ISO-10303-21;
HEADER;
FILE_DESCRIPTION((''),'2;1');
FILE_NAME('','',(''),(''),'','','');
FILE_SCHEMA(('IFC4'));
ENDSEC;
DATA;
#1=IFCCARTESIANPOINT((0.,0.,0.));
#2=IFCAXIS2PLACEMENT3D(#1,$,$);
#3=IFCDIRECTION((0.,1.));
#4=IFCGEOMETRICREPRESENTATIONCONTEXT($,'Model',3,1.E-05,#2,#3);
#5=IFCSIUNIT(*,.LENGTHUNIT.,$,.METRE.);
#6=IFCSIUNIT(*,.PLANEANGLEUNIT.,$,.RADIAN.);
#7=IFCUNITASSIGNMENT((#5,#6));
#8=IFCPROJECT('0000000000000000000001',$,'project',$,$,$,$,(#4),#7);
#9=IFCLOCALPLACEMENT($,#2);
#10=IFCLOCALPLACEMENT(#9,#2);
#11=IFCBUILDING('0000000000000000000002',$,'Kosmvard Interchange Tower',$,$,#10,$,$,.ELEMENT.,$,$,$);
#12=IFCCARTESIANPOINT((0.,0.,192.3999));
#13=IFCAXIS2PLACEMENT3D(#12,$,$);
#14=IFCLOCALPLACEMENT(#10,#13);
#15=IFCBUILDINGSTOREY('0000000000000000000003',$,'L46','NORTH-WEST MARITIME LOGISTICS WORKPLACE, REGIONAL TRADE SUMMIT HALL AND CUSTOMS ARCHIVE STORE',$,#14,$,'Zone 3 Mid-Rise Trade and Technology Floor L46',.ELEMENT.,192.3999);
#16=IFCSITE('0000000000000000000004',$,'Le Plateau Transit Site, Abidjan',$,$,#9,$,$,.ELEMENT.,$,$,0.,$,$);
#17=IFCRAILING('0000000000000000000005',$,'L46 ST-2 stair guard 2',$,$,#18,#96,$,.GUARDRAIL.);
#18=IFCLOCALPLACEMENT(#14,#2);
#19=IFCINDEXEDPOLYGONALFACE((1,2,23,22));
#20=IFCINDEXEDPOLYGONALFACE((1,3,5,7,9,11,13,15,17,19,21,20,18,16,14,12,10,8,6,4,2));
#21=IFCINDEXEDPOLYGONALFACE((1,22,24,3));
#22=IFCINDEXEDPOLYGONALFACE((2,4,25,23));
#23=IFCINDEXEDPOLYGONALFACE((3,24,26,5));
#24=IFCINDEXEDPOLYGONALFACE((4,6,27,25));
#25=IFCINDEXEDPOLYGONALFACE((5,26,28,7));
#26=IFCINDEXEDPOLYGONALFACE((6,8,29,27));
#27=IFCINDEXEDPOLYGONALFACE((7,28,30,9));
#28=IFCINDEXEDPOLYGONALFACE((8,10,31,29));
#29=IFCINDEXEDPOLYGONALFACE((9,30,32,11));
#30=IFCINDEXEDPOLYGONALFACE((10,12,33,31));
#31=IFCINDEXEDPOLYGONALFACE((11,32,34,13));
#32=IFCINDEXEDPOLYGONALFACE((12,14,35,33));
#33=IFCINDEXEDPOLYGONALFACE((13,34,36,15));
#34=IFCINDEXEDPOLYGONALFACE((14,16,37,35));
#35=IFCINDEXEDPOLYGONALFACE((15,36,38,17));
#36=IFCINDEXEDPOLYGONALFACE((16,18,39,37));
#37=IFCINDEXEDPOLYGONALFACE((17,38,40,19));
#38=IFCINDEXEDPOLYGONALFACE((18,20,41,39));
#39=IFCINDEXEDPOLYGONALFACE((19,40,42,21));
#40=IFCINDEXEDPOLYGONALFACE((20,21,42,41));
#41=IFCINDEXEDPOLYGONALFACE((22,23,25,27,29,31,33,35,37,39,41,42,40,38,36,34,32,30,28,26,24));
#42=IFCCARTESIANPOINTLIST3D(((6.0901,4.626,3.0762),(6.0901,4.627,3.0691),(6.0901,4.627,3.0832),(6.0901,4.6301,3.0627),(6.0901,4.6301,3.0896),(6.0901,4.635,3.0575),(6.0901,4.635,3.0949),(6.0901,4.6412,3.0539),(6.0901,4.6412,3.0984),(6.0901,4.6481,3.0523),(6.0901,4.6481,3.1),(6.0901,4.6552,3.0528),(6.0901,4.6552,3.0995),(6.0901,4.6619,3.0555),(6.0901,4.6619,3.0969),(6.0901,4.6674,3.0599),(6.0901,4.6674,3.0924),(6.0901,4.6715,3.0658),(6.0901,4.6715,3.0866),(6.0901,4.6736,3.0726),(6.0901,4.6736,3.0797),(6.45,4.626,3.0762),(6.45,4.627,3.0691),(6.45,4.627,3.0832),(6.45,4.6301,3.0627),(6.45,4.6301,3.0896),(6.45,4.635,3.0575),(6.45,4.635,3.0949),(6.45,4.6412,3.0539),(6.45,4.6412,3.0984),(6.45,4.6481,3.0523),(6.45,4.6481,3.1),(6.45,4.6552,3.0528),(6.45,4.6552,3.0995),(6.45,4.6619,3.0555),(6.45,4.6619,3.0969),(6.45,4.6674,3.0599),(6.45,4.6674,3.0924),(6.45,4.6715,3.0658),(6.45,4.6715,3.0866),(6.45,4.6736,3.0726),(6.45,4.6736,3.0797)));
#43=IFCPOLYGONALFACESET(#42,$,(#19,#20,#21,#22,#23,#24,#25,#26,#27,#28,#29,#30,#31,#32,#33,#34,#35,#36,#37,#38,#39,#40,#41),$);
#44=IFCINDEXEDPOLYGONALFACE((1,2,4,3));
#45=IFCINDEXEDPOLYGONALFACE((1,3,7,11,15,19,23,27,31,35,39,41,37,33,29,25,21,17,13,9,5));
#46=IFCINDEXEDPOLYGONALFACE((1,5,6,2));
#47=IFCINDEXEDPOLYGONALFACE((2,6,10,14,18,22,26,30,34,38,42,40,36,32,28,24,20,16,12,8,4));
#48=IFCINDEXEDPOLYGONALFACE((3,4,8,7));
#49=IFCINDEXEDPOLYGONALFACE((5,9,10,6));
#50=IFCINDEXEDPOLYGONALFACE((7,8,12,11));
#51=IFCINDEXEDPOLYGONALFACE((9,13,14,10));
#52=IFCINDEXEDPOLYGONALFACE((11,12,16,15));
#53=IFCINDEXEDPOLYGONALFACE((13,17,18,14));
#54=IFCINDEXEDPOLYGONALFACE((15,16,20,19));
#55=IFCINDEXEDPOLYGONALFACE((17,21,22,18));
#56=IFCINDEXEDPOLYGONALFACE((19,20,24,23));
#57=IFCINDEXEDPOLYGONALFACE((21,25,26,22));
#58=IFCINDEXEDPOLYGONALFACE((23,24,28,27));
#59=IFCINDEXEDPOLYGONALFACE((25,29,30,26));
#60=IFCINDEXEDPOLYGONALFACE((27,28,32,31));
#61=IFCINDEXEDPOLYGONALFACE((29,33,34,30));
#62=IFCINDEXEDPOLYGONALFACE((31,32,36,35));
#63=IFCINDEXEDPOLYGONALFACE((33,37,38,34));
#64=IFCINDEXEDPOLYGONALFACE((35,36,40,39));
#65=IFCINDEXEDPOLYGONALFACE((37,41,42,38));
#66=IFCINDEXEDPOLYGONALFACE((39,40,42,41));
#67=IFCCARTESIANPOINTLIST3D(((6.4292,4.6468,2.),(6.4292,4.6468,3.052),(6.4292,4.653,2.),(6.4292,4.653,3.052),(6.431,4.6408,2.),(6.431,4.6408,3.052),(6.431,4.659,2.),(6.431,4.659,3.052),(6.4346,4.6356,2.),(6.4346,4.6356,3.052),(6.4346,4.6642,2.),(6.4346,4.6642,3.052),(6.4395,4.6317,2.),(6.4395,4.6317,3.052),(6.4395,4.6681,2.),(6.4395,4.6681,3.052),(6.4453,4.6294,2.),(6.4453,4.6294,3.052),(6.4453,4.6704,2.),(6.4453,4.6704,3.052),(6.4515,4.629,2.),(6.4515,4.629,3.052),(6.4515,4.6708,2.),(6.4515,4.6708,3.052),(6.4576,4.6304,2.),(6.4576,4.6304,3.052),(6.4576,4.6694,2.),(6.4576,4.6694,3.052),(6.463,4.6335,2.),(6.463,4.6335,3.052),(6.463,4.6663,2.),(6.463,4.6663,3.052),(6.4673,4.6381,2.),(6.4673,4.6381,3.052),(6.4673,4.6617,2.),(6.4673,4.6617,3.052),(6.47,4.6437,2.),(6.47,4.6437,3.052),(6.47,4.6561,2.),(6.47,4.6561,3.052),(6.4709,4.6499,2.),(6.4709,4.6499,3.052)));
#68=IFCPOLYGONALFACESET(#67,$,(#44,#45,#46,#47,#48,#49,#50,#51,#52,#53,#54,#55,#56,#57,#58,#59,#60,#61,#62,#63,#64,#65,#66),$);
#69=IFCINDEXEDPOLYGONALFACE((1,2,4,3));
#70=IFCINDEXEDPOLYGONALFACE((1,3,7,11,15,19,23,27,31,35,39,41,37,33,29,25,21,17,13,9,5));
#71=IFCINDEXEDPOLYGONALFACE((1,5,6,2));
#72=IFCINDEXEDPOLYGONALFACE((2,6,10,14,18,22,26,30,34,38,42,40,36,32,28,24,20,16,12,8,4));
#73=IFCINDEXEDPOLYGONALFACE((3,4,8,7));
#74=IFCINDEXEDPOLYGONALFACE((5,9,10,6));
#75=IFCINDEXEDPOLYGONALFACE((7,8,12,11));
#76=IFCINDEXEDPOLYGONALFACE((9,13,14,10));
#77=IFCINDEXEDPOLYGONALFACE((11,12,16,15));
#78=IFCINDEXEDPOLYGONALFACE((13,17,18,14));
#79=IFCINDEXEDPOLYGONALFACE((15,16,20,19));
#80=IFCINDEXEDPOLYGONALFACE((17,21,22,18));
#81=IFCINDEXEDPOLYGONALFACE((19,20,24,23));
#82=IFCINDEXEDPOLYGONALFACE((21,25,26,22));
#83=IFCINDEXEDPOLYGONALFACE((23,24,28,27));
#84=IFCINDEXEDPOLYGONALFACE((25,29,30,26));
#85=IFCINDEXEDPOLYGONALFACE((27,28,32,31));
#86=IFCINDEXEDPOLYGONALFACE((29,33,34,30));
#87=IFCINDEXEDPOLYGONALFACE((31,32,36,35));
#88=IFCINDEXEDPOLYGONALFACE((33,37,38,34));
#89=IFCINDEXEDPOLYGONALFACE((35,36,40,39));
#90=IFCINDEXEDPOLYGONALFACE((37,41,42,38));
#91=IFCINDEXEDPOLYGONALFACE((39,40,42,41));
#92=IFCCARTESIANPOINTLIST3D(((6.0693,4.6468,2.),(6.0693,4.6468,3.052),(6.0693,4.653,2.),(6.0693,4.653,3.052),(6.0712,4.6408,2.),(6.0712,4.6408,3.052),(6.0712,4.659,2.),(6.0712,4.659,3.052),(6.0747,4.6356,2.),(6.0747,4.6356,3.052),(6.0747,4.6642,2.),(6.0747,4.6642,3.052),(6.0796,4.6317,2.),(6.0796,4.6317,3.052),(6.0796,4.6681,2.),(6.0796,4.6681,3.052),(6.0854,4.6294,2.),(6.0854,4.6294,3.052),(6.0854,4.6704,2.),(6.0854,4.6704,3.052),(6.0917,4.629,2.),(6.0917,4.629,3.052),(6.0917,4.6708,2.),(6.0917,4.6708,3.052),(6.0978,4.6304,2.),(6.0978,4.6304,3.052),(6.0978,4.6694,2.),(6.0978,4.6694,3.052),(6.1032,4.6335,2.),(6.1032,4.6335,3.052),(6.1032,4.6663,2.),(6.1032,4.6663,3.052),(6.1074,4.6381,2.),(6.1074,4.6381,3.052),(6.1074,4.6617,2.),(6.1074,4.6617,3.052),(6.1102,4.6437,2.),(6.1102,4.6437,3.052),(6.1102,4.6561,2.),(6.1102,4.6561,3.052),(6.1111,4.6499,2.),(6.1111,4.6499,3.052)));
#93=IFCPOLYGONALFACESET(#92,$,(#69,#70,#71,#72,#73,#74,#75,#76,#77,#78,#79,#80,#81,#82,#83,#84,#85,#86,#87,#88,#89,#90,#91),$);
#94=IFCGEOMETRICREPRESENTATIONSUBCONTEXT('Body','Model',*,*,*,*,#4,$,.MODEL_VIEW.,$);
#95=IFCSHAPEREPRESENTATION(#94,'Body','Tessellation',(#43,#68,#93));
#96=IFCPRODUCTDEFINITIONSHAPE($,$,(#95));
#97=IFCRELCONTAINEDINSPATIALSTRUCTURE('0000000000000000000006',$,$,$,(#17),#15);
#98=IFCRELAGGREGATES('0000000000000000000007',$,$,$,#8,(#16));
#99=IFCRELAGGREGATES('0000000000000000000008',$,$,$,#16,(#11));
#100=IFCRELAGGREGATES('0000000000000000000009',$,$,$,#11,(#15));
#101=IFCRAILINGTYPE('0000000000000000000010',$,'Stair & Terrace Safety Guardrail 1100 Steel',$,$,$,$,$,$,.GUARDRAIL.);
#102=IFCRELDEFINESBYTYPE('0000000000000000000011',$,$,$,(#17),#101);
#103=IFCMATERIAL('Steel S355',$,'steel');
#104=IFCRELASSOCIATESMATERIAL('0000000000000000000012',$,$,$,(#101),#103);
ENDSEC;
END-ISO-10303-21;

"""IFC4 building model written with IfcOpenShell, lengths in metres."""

from ifc_helpers import new_model, si_unit, direction, frame, origin, origin_2d, place, context, subcontext, project, spatial, circle, extrude, source, transform, mapped, material, type_object, element, save


model = new_model("IFC4")

# Units and contexts
model_context = context("Model", 3, precision=1e-05, world=origin(), true_north=direction((0.0, 1.0)))
body_context = subcontext(model_context, "Body", "Model", "MODEL_VIEW")
ifc_project = project(units=[si_unit("LENGTHUNIT", "METRE"), si_unit("PLANEANGLEUNIT", "RADIAN")], contexts=[model_context])

# Site, building, storey
site_placement = place(None, origin())
site = spatial("IfcSite", under=ifc_project, at=site_placement, Name="Le Plateau Transit Site, Abidjan", CompositionType="ELEMENT", RefElevation=0.0)
building_placement = place(site_placement, origin())
building = spatial("IfcBuilding", under=site, at=building_placement, Name="Kosmvard Interchange Tower", CompositionType="ELEMENT")
storey_placement = place(building_placement, frame((0.0, 0.0, 192.3999)))
storey = spatial("IfcBuildingStorey", under=building, at=storey_placement, Name="L46", Description="NORTH-WEST MARITIME LOGISTICS WORKPLACE, REGIONAL TRADE SUMMIT HALL AND CUSTOMS ARCHIVE STORE", LongName="Zone 3 Mid-Rise Trade and Technology Floor L46", CompositionType="ELEMENT", Elevation=192.3999)

# Shared definitions
ifc_material_1 = material(Name="Steel S355", Category="steel")

# Railing
railing_type_1 = type_object("IfcRailingType", Name="Stair & Terrace Safety Guardrail 1100 Steel", PredefinedType="GUARDRAIL", material=ifc_material_1)
shared_shape_1 = source(origin(), body_context, "Body", "SweptSolid", [
    extrude(circle(Radius=0.0239, at=origin_2d()), frame((0.0, 0.0, 1.0762), z_axis=(-1.0, 0.0, 0.0), x_axis=(0.0, -1.0, 0.0)), (0.0, 0.0, 1.0), 0.3599),
    extrude(circle(Radius=0.021, at=origin_2d()), origin(), (0.0, 0.0, 1.0), 1.052),
    extrude(circle(Radius=0.021, at=origin_2d()), frame((-0.3599, 0.0, 0.0)), (0.0, 0.0, 1.0), 1.052),
])
railing_1_placement = place(storey_placement, frame((6.45, 4.6499, 2.0)))
element("IfcRailing", 1, at=railing_1_placement, inside=storey, type_object=railing_type_1, Name="L46 ST-2 stair guard 2", PredefinedType="GUARDRAIL", context=body_context, shape_type="MappedRepresentation", body=[
    mapped(shared_shape_1, transform((0.0, 0.0, 0.0), scale=1.0)),
])

save(model, "model.ifc")
